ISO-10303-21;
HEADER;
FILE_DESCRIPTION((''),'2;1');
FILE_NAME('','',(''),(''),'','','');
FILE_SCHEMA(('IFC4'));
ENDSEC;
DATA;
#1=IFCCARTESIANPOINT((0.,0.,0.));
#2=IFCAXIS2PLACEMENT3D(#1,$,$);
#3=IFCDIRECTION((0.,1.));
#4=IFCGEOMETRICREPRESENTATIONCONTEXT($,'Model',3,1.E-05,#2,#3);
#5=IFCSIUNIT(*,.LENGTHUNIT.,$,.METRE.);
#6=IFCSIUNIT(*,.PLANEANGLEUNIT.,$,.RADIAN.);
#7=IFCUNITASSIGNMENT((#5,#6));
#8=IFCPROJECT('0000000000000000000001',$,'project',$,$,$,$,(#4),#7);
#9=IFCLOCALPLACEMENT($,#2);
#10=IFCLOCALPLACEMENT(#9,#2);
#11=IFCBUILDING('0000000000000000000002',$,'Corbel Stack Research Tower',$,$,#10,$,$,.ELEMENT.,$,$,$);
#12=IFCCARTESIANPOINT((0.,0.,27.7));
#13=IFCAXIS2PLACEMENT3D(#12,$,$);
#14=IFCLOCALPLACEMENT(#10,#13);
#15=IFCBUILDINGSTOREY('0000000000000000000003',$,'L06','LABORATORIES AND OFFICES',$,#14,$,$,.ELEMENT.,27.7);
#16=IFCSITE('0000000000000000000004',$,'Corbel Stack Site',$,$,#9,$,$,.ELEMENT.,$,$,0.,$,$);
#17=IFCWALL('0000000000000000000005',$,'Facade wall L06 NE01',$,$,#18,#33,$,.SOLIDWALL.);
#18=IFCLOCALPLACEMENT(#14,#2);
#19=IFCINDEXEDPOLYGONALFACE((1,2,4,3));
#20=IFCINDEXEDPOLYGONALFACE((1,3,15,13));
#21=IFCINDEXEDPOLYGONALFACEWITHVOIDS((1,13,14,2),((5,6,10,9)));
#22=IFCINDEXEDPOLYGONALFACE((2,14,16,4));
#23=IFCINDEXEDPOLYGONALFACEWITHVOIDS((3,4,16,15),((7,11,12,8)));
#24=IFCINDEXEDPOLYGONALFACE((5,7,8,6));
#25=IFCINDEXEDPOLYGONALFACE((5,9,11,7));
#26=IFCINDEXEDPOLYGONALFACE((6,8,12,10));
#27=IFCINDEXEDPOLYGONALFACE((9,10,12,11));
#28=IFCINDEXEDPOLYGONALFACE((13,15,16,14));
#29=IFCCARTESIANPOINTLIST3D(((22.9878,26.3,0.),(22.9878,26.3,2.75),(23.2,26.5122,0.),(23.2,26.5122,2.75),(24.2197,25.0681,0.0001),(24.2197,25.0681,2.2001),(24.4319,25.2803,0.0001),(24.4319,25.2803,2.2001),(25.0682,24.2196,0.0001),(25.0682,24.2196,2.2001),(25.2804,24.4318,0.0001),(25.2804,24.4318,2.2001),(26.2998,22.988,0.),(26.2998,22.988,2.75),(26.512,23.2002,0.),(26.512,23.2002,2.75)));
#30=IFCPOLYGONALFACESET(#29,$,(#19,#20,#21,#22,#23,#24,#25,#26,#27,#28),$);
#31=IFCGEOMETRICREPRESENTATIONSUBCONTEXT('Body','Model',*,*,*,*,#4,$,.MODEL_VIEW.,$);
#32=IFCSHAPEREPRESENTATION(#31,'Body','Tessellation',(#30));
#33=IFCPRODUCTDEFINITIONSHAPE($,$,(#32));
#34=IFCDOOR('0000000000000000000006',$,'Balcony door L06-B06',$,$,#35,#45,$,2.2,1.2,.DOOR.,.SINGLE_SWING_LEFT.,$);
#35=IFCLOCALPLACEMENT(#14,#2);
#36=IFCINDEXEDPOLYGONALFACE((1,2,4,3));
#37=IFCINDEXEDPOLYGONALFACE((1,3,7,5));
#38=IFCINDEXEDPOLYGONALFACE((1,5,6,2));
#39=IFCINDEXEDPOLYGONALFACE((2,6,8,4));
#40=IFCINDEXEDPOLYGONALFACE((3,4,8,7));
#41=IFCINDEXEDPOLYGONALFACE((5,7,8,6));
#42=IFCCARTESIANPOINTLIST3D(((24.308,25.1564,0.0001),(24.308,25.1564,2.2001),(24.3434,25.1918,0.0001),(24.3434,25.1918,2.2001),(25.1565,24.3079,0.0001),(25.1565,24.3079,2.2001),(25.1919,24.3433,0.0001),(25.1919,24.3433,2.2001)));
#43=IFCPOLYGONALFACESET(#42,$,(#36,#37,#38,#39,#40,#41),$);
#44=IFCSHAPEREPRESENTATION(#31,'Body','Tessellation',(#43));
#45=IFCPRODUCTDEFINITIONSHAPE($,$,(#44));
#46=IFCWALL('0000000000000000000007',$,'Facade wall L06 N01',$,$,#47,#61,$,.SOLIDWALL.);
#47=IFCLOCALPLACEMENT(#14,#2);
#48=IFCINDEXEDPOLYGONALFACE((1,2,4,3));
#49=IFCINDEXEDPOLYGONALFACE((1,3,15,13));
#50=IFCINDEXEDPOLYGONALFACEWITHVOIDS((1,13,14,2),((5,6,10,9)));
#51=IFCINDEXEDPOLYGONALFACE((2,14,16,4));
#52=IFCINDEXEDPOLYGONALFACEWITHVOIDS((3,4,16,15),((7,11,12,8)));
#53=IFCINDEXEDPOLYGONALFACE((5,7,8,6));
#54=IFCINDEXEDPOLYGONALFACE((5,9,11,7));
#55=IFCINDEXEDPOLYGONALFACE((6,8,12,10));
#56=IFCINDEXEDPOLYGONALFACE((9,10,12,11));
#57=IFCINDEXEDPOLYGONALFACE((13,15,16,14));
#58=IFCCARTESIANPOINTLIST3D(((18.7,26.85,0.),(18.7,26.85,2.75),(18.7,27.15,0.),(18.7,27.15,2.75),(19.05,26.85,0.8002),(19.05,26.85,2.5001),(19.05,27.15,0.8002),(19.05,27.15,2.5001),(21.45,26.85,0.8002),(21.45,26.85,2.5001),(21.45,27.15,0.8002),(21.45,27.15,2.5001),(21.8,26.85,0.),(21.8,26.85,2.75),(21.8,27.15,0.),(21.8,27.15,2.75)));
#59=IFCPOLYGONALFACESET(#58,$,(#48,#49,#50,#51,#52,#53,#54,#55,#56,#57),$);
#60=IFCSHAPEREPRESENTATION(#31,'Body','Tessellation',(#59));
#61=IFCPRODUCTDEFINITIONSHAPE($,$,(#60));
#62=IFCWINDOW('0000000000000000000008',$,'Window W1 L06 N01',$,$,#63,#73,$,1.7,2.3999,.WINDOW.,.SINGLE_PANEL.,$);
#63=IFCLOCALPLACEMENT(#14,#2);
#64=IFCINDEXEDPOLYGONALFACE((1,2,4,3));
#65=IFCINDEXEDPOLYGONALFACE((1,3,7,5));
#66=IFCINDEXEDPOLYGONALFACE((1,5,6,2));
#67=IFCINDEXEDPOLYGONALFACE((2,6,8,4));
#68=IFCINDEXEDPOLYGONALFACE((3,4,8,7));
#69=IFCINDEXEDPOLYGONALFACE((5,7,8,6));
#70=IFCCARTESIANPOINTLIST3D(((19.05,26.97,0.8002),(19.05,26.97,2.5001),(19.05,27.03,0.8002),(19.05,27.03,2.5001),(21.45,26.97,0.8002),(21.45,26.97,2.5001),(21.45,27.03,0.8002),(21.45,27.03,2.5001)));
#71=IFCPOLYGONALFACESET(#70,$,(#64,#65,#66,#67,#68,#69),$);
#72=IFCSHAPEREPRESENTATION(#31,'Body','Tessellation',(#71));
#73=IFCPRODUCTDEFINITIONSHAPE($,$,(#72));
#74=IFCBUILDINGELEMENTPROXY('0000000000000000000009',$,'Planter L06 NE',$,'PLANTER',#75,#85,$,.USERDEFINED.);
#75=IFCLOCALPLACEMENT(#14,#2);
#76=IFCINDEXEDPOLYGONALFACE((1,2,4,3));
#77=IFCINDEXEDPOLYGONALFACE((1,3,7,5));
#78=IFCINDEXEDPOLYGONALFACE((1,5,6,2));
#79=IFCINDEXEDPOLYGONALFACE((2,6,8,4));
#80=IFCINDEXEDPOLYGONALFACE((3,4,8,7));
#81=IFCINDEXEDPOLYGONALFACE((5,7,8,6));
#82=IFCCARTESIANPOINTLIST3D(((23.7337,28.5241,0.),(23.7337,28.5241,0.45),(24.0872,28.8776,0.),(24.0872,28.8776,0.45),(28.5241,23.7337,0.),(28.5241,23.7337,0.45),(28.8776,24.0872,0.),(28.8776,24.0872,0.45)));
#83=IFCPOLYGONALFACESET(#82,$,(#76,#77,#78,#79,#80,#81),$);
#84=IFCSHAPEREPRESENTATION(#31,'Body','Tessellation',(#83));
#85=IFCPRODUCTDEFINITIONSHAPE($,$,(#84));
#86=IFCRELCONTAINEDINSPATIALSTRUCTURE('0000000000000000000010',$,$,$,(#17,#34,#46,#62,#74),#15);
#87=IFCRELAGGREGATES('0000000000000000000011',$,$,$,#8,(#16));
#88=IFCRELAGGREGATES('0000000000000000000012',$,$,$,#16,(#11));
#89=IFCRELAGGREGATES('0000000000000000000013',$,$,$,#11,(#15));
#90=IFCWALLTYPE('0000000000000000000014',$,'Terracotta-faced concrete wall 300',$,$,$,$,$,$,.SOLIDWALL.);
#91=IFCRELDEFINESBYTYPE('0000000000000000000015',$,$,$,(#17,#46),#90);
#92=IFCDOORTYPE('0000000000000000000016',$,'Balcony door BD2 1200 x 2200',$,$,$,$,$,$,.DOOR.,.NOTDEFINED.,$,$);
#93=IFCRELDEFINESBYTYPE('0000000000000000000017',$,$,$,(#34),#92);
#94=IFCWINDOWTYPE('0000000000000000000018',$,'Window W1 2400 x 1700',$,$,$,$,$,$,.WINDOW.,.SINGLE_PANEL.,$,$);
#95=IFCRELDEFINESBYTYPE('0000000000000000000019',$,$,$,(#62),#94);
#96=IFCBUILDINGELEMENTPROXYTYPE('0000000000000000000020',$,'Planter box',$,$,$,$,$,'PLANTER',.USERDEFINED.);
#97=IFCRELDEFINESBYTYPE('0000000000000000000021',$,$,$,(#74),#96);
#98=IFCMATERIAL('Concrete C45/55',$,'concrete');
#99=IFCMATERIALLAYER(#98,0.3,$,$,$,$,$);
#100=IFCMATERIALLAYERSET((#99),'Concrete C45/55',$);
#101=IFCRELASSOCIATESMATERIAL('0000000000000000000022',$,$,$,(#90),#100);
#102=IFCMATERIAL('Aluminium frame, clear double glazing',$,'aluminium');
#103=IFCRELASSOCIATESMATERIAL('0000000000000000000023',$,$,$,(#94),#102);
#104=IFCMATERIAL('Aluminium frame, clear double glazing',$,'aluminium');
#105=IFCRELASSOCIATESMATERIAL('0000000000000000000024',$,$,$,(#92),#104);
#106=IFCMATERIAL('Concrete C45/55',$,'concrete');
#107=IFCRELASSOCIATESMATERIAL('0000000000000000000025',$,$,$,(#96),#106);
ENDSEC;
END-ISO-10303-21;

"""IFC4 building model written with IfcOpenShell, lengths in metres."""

from ifc_helpers import new_model, si_unit, direction, frame, frame_2d, origin, origin_2d, place, context, subcontext, project, spatial, rectangle, extrude, material, layer, layer_set, type_object, element, fill, save


model = new_model("IFC4")

# Units and contexts
model_context = context("Model", 3, precision=1e-05, world=origin(), true_north=direction((0.0, 1.0)))
body_context = subcontext(model_context, "Body", "Model", "MODEL_VIEW")
ifc_project = project(units=[si_unit("LENGTHUNIT", "METRE"), si_unit("PLANEANGLEUNIT", "RADIAN")], contexts=[model_context])

# Site, building, storey
site_placement = place(None, origin())
site = spatial("IfcSite", under=ifc_project, at=site_placement, Name="Corbel Stack Site", CompositionType="ELEMENT", RefElevation=0.0)
building_placement = place(site_placement, origin())
building = spatial("IfcBuilding", under=site, at=building_placement, Name="Corbel Stack Research Tower", CompositionType="ELEMENT")
storey_placement = place(building_placement, frame((0.0, 0.0, 27.7)))
storey = spatial("IfcBuildingStorey", under=building, at=storey_placement, Name="L06", Description="LABORATORIES AND OFFICES", CompositionType="ELEMENT", Elevation=27.7)

# Shared definitions
ifc_material_1 = material(Name="Concrete C45/55", Category="concrete")
ifc_layer_1 = layer(ifc_material_1, 0.3)
ifc_layer_set_1 = layer_set([ifc_layer_1], Name="Concrete C45/55")
wall_type_1 = type_object("IfcWallType", Name="Terracotta-faced concrete wall 300", PredefinedType="SOLIDWALL", material=ifc_layer_set_1)

# Shared definitions
ifc_material_2 = material(Name="Aluminium frame, clear double glazing", Category="aluminium")
window_type = type_object("IfcWindowType", Name="Window W1 2400 x 1700", PartitioningType="SINGLE_PANEL", PredefinedType="WINDOW", material=ifc_material_2)

# Wall, opening, door
wall_1_placement = place(storey_placement, frame((23.094, 26.406, 0.0), z_axis=(0.0, 0.0, 1.0), x_axis=(0.707107, -0.707107, 0.0)))
wall_1 = element("IfcWall", 1, at=wall_1_placement, inside=storey, type_object=wall_type_1, Name="Facade wall L06 NE01", PredefinedType="SOLIDWALL", context=body_context, shape_type="SweptSolid", body=[
    extrude(rectangle(XDim=4.6838, YDim=0.3, at=frame_2d((2.3418, 0.0))), origin(), (0.0, 0.0, 1.0), 2.75),
])
opening_1_placement = place(wall_1_placement, frame((1.7419, 0.0, 0.0)))
opening_1 = element("IfcOpeningElement", 2, at=opening_1_placement, cuts=wall_1, PredefinedType="OPENING", context=body_context, shape_type="SweptSolid", body=[
    extrude(rectangle(XDim=1.2, YDim=2.2, at=frame_2d((0.6001, 1.1001))), frame((0.0, 0.1599, 0.0), z_axis=(0.0, -1.0, 0.0), x_axis=(1.0, 0.0, 0.0)), (0.0, 0.0, 1.0), 0.3201),
])
ifc_material_3 = material(Name="Aluminium frame, clear double glazing", Category="aluminium")
door_type_1 = type_object("IfcDoorType", Name="Balcony door BD2 1200 x 2200", OperationType="NOTDEFINED", PredefinedType="DOOR", material=ifc_material_3)
door_1_placement = place(opening_1_placement, origin())
door_1 = element("IfcDoor", 3, at=door_1_placement, inside=storey, type_object=door_type_1, Name="Balcony door L06-B06", OperationType="SINGLE_SWING_LEFT", OverallHeight=2.2, OverallWidth=1.2, PredefinedType="DOOR", context=body_context, shape_type="SweptSolid", body=[
    extrude(rectangle(XDim=1.2, YDim=2.2, at=frame_2d((0.6001, 1.1001))), frame((0.0, 0.0249, 0.0), z_axis=(0.0, -1.0, 0.0), x_axis=(1.0, 0.0, 0.0)), (0.0, 0.0, 1.0), 0.05),
])
fill(opening_1, door_1)

# Wall, opening, window
wall_2_placement = place(storey_placement, frame((18.7, 27.0, 0.0), z_axis=(0.0, 0.0, 1.0), x_axis=(1.0, 0.0, 0.0)))
wall_2 = element("IfcWall", 4, at=wall_2_placement, inside=storey, type_object=wall_type_1, Name="Facade wall L06 N01", PredefinedType="SOLIDWALL", context=body_context, shape_type="SweptSolid", body=[
    extrude(rectangle(XDim=3.1001, YDim=0.3, at=frame_2d((1.55, 0.0))), origin(), (0.0, 0.0, 1.0), 2.75),
])
opening_2_placement = place(wall_2_placement, frame((0.3501, 0.0, 0.8)))
opening_2 = element("IfcOpeningElement", 5, at=opening_2_placement, cuts=wall_2, PredefinedType="OPENING", context=body_context, shape_type="SweptSolid", body=[
    extrude(rectangle(XDim=2.3999, YDim=1.7, at=frame_2d((1.2, 0.8501))), frame((0.0, 0.1599, 0.0), z_axis=(0.0, -1.0, 0.0), x_axis=(1.0, 0.0, 0.0)), (0.0, 0.0, 1.0), 0.3201),
])
window_1_placement = place(opening_2_placement, origin())
window_1 = element("IfcWindow", 6, at=window_1_placement, inside=storey, type_object=window_type, Name="Window W1 L06 N01", OverallHeight=1.7, OverallWidth=2.3999, PartitioningType="SINGLE_PANEL", PredefinedType="WINDOW", context=body_context, shape_type="SweptSolid", body=[
    extrude(rectangle(XDim=2.3999, YDim=1.7, at=frame_2d((1.2, 0.8501))), frame((0.0, 0.03, 0.0), z_axis=(0.0, -1.0, 0.0), x_axis=(1.0, 0.0, 0.0)), (0.0, 0.0, 1.0), 0.0601),
])
fill(opening_2, window_1)

# Building element proxy
ifc_material_4 = material(Name="Concrete C45/55", Category="concrete")
building_element_proxy_type = type_object("IfcBuildingElementProxyType", Name="Planter box", ElementType="PLANTER", PredefinedType="USERDEFINED", material=ifc_material_4)
proxy_placement = place(storey_placement, frame((26.3057, 26.3057, 0.0), z_axis=(0.0, 0.0, 1.0), x_axis=(-0.707107, 0.707107, 0.0)))
element("IfcBuildingElementProxy", 7, at=proxy_placement, inside=storey, type_object=building_element_proxy_type, Name="Planter L06 NE", ObjectType="PLANTER", PredefinedType="USERDEFINED", context=body_context, shape_type="SweptSolid", body=[
    extrude(rectangle(XDim=6.7747, YDim=0.5, at=origin_2d()), origin(), (0.0, 0.0, 1.0), 0.45),
])

save(model, "model.ifc")
